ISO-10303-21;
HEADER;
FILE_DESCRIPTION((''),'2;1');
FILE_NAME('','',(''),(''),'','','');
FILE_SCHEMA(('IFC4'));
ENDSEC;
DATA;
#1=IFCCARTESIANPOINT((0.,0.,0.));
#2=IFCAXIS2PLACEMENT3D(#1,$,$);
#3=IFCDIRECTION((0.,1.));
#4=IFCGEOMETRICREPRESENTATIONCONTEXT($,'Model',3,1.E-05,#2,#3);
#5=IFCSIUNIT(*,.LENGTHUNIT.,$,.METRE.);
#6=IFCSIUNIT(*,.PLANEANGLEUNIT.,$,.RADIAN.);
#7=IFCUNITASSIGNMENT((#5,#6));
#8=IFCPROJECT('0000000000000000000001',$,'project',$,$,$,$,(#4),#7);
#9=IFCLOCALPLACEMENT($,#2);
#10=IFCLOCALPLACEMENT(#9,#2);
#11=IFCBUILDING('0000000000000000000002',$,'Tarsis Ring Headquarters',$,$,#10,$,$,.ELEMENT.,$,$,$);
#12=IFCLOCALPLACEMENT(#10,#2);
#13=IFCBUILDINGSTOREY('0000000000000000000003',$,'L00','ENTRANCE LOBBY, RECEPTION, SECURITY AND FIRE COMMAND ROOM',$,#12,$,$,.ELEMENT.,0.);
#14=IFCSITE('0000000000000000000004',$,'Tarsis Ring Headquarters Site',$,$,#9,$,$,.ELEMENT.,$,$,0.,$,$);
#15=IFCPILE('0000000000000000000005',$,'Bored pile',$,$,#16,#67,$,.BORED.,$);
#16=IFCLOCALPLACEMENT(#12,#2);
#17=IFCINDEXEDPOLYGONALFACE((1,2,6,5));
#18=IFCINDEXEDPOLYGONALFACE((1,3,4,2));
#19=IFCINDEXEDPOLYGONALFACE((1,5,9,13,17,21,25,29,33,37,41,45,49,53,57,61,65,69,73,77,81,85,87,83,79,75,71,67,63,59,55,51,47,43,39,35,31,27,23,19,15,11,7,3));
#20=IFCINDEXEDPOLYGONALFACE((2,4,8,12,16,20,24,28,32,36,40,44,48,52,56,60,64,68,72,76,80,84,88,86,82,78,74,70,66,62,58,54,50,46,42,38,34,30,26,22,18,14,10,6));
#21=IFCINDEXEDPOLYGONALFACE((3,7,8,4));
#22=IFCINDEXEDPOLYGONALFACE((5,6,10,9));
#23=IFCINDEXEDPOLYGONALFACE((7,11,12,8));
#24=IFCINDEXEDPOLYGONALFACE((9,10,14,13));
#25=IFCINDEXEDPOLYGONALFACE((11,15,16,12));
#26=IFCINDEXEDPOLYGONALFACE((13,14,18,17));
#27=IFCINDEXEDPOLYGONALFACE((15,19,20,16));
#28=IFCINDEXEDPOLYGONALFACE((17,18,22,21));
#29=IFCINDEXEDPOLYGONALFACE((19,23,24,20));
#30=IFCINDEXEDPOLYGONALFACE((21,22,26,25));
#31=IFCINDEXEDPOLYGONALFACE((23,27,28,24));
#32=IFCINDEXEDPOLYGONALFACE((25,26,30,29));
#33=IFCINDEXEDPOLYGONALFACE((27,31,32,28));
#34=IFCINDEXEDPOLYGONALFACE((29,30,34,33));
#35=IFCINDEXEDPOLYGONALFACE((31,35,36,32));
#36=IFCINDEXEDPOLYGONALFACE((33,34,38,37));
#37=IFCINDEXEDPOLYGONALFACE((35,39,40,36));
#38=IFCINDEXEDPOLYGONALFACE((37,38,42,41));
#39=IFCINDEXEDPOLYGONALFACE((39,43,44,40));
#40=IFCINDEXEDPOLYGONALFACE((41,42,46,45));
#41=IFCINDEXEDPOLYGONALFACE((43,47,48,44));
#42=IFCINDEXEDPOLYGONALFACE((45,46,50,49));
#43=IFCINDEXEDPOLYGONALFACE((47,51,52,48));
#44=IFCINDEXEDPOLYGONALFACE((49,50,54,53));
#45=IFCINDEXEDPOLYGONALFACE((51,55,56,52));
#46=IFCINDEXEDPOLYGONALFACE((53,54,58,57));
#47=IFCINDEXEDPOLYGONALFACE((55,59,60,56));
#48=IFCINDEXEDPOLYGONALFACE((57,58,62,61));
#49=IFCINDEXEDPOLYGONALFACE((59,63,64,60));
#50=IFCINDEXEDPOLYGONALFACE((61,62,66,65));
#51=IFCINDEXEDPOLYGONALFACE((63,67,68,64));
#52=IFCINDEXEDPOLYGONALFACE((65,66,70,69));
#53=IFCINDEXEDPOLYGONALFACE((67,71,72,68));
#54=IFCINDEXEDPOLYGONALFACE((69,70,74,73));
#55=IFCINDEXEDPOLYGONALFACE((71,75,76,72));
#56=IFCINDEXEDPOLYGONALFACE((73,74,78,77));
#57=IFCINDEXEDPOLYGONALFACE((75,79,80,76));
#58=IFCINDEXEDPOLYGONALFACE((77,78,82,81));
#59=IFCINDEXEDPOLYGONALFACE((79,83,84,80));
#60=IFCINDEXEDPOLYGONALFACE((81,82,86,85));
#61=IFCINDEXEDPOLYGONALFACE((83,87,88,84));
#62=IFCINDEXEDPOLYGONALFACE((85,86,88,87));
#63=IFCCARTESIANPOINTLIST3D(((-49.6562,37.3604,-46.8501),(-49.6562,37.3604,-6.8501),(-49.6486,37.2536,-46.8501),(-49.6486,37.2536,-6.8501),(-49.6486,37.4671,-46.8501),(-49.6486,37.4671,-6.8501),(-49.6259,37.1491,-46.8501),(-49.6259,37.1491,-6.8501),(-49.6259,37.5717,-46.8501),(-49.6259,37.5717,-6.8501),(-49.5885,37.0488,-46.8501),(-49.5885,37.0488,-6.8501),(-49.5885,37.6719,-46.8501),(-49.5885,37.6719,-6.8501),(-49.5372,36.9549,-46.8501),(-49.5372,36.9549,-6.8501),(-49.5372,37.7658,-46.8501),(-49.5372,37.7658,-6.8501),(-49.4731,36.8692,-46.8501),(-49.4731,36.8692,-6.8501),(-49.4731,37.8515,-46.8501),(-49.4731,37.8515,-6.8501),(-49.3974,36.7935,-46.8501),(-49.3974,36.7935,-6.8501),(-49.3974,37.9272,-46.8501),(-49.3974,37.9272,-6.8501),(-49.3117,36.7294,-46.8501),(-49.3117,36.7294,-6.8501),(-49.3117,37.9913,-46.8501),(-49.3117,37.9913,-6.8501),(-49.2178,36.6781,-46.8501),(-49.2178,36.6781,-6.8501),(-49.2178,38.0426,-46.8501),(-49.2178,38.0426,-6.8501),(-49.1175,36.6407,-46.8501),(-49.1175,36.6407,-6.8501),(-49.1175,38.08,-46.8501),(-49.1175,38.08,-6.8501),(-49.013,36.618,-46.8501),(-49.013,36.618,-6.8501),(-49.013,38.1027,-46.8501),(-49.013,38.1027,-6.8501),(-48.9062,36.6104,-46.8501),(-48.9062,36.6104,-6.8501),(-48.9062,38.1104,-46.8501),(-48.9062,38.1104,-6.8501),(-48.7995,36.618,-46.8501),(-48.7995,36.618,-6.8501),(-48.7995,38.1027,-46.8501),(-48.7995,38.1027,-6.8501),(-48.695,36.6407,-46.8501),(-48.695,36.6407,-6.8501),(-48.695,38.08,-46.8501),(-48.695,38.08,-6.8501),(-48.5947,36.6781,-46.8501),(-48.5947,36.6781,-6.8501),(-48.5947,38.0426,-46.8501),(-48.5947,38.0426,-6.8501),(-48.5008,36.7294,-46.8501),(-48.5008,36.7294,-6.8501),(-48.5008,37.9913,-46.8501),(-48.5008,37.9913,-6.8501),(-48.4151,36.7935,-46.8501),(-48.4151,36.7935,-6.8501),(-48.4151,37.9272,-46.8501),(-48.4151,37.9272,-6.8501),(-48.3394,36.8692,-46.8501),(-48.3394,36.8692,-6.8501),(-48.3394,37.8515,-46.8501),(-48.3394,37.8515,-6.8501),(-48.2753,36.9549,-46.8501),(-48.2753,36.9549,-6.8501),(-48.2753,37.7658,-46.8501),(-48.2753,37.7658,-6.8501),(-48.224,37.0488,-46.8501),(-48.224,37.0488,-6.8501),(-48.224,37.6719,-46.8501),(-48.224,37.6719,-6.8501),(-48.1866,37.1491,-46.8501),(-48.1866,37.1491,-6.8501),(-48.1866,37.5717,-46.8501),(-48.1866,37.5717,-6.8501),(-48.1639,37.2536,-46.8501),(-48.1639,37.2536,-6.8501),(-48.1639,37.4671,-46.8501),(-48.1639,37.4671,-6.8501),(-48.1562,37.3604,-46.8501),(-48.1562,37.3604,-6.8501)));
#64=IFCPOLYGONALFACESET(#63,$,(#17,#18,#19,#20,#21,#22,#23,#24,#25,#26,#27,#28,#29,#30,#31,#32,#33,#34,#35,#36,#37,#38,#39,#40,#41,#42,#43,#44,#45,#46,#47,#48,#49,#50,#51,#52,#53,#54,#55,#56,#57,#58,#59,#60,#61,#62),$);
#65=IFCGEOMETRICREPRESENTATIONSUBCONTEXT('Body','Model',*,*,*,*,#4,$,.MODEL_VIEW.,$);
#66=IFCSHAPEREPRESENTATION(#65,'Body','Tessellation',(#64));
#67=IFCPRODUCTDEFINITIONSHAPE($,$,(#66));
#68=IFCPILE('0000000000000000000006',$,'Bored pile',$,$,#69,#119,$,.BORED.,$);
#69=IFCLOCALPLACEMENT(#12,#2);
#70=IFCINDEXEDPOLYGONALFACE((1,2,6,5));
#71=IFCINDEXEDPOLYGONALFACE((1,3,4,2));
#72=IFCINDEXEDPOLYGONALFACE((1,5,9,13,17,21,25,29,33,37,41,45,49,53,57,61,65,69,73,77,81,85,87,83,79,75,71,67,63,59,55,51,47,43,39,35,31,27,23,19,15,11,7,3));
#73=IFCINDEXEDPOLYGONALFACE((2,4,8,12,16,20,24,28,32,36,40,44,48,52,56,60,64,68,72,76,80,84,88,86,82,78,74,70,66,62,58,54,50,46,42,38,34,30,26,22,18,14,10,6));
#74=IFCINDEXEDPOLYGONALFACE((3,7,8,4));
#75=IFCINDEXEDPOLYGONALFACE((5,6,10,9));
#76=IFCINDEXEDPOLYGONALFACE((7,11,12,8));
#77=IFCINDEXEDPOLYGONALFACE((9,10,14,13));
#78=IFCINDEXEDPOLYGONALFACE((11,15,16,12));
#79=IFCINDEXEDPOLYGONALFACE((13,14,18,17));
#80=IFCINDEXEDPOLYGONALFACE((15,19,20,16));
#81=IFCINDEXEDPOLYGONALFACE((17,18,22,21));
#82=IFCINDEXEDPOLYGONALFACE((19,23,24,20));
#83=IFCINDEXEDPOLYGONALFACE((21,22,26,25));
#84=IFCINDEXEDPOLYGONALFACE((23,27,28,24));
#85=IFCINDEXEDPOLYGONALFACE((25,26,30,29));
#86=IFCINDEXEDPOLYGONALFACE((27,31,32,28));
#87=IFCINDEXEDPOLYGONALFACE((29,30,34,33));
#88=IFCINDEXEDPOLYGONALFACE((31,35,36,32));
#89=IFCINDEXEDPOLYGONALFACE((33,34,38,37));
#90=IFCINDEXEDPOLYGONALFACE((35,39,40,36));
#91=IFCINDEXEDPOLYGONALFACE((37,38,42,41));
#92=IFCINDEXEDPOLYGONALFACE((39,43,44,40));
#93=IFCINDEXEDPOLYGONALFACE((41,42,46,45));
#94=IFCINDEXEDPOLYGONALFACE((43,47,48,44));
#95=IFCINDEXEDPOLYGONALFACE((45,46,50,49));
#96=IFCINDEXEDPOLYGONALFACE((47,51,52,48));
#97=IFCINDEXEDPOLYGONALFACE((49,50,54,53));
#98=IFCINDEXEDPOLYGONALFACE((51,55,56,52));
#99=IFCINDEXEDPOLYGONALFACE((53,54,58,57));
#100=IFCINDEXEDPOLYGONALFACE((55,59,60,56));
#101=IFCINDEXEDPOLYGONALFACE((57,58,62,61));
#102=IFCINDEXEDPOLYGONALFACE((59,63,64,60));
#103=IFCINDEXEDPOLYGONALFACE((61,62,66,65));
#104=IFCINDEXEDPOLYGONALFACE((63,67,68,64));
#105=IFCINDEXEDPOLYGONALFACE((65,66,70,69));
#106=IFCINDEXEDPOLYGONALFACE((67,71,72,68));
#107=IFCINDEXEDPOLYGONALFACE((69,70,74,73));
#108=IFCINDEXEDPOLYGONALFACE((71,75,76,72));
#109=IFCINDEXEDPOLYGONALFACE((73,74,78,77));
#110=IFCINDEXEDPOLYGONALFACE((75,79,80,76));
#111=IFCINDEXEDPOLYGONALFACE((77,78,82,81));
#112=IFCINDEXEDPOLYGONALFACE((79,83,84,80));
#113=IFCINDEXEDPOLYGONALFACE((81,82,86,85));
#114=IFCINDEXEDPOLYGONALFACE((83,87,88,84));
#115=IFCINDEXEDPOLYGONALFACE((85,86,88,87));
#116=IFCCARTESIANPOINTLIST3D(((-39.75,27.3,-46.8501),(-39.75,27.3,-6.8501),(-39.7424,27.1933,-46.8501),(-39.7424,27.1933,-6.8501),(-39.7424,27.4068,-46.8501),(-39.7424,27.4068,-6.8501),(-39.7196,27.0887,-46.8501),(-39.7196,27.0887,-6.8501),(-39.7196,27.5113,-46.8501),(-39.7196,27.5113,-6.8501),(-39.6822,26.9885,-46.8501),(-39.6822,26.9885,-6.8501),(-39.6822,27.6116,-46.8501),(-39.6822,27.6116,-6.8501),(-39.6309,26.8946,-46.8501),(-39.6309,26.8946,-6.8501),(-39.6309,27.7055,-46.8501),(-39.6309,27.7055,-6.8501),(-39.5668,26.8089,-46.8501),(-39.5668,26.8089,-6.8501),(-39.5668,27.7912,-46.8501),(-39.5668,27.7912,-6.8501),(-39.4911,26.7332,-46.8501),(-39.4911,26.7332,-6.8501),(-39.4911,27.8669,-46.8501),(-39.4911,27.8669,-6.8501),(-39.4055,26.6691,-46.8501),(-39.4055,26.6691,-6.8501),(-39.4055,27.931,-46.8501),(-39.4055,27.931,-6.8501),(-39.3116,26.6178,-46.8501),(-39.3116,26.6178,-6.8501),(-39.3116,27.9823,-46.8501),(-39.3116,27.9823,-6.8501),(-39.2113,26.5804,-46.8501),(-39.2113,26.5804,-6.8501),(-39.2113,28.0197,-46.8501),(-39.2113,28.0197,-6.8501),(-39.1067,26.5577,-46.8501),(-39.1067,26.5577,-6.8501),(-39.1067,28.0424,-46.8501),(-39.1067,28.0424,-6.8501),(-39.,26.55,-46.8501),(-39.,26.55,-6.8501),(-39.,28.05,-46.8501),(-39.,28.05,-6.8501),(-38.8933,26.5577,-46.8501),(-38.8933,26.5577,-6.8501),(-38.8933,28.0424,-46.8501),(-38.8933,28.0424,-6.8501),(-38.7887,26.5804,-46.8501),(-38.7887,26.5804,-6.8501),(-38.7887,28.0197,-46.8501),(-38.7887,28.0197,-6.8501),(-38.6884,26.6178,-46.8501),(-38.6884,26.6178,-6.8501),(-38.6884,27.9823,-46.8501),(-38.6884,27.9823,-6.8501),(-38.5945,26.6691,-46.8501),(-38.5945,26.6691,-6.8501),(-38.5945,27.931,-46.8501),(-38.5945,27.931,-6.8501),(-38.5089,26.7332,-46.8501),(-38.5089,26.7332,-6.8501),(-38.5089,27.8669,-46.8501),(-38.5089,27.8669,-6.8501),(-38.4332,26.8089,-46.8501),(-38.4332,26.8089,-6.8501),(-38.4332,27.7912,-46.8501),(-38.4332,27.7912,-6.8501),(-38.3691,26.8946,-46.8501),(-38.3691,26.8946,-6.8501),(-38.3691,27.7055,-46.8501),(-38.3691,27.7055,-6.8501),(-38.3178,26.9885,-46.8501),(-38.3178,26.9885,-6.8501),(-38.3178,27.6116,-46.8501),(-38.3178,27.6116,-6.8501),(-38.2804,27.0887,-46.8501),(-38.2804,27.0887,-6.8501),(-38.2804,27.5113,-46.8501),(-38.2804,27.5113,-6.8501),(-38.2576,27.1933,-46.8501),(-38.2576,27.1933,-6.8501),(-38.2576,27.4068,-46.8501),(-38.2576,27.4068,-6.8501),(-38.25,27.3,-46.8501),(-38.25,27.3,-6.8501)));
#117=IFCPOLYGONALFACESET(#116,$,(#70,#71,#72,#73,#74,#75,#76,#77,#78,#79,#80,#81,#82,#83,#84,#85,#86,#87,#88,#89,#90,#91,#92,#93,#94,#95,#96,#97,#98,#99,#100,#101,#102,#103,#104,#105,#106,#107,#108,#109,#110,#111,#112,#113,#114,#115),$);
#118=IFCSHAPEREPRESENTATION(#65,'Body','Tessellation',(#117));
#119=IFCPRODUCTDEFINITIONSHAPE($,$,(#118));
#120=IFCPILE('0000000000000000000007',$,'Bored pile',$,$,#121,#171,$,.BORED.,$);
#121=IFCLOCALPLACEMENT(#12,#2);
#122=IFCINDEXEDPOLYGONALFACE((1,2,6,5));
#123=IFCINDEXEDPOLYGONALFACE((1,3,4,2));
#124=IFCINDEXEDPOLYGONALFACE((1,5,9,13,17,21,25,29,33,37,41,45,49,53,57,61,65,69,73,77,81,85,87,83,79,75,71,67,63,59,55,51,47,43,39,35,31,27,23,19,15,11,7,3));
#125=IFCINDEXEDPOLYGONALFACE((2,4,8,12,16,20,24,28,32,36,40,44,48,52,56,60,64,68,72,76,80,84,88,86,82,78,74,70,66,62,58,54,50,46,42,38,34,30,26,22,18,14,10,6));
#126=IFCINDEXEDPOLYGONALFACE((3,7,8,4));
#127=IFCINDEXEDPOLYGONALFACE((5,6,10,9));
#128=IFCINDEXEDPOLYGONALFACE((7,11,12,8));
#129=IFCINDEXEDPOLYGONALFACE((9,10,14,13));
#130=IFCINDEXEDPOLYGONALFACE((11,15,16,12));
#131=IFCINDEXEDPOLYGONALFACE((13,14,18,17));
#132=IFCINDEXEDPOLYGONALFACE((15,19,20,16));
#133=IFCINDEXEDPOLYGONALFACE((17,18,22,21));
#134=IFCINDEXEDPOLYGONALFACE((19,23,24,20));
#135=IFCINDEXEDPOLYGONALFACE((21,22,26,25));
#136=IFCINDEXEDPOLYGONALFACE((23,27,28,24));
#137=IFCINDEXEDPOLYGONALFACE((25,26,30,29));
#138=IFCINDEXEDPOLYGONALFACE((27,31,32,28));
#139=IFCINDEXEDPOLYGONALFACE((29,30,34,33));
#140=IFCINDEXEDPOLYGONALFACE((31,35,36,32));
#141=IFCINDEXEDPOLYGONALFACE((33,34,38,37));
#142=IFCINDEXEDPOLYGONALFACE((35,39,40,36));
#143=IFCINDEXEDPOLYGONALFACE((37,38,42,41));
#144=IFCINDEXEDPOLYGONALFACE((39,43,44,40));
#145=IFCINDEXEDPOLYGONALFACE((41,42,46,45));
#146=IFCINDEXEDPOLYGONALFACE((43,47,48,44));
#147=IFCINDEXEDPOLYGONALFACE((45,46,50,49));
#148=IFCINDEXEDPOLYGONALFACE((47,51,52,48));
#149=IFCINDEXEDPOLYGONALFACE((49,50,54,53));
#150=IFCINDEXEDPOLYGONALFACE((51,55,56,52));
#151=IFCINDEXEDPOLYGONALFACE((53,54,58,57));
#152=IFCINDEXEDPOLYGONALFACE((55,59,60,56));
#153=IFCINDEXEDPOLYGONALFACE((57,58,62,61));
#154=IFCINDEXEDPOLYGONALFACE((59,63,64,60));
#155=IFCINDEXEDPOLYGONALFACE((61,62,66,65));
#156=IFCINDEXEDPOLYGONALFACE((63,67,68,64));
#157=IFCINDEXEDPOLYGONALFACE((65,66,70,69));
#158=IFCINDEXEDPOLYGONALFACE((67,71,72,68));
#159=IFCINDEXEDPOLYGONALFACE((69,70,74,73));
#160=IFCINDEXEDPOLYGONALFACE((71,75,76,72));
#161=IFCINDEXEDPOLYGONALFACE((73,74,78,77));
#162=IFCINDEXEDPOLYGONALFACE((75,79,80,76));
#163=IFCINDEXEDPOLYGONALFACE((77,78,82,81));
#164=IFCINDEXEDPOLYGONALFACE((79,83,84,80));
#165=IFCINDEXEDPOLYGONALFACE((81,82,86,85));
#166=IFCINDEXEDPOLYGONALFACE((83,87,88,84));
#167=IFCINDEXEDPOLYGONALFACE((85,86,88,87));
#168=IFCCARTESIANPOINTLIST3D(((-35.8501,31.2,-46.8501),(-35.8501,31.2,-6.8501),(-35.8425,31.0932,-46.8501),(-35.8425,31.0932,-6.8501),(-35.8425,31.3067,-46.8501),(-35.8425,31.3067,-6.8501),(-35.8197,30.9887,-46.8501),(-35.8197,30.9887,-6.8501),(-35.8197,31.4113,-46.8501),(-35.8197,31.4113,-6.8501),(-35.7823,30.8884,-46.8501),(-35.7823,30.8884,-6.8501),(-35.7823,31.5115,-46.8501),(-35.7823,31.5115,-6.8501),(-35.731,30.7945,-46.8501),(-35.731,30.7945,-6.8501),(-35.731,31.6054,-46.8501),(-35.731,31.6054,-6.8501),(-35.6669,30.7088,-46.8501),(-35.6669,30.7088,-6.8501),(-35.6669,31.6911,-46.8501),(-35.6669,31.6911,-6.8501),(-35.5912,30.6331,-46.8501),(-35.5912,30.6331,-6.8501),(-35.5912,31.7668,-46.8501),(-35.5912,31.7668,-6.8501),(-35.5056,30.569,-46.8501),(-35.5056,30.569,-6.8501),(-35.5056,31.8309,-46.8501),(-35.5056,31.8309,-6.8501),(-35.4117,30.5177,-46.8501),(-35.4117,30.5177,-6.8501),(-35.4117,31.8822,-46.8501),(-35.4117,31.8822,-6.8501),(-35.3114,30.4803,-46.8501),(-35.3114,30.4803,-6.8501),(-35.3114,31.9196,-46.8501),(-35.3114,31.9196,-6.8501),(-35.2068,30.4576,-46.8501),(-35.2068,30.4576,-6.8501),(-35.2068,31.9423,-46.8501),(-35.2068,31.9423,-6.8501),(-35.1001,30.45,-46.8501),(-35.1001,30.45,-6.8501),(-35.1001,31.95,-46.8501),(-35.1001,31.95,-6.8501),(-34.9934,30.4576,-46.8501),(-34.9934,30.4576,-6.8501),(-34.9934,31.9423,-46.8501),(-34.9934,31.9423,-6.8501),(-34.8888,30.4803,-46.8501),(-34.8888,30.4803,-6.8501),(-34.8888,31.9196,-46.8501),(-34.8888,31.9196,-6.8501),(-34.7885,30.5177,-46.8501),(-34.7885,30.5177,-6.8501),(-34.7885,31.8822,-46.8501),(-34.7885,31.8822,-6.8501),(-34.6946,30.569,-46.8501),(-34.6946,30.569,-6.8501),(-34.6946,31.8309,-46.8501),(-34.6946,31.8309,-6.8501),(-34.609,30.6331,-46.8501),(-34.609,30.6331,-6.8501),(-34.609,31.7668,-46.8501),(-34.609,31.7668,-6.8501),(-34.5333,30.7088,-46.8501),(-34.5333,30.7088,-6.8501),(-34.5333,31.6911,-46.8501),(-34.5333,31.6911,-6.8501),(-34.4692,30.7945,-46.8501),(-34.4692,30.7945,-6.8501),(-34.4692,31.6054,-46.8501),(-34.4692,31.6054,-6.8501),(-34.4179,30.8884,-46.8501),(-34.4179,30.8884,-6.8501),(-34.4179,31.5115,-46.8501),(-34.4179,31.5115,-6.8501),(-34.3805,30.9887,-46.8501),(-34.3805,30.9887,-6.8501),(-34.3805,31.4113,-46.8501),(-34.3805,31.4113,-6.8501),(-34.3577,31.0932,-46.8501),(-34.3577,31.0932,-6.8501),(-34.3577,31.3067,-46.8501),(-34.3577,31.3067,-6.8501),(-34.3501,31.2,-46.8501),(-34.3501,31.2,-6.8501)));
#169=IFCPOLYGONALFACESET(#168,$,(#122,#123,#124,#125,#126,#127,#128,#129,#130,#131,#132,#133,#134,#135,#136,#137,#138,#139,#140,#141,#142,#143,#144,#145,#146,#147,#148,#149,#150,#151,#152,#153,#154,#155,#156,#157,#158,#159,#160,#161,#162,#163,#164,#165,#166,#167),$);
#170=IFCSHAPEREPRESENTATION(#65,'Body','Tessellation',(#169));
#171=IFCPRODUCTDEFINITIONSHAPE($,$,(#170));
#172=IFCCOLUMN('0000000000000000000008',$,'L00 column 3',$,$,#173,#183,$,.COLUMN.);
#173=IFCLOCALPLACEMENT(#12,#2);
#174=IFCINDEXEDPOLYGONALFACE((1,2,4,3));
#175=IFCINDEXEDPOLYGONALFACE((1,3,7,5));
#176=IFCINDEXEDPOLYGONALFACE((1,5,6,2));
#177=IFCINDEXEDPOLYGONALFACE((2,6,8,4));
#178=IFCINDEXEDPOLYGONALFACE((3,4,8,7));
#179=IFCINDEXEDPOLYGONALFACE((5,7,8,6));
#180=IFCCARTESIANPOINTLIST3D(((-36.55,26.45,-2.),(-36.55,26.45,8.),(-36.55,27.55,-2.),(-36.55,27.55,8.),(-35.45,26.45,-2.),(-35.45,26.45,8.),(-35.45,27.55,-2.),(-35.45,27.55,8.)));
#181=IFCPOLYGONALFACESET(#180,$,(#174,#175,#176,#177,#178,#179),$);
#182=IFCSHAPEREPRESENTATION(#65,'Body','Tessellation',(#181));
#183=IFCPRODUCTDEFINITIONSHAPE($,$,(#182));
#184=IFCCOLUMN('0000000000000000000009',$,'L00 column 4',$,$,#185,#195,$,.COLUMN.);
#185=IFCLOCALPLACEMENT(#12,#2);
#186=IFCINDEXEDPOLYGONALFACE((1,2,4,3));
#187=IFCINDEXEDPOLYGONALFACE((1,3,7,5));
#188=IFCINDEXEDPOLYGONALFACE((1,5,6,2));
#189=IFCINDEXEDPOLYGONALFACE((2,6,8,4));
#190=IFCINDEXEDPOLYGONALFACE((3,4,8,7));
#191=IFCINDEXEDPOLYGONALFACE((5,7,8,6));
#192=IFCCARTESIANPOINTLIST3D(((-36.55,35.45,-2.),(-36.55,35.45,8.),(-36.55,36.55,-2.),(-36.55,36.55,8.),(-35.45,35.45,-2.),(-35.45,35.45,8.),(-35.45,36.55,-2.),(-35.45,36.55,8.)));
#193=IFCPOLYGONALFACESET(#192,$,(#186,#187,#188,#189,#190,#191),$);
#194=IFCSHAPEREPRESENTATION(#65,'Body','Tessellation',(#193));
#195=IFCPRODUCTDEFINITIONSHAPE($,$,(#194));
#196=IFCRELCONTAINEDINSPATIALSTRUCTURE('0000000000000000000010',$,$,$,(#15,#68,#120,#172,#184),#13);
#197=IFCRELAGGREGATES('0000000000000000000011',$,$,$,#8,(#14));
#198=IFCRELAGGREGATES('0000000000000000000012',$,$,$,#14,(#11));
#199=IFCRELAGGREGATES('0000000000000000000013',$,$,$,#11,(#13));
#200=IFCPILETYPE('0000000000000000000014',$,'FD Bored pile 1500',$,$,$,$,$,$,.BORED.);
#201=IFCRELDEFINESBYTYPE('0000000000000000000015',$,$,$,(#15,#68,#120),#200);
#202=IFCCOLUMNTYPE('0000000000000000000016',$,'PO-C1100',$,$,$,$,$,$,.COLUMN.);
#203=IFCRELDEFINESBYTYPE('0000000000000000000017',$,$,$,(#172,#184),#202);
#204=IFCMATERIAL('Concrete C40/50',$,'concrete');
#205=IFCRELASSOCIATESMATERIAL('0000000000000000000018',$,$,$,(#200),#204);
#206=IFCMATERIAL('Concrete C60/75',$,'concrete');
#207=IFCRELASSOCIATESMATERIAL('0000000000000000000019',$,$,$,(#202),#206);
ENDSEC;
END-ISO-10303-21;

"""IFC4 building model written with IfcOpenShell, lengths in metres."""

from ifc_helpers import new_model, si_unit, direction, frame, origin, origin_2d, place, context, subcontext, project, spatial, rectangle, circle, extrude, material, material_profile, profile_set, type_object, element, save


model = new_model("IFC4")

# Units and contexts
model_context = context("Model", 3, precision=1e-05, world=origin(), true_north=direction((0.0, 1.0)))
body_context = subcontext(model_context, "Body", "Model", "MODEL_VIEW")
ifc_project = project(units=[si_unit("LENGTHUNIT", "METRE"), si_unit("PLANEANGLEUNIT", "RADIAN")], contexts=[model_context])

# Site, building, storey
site_placement = place(None, origin())
site = spatial("IfcSite", under=ifc_project, at=site_placement, Name="Tarsis Ring Headquarters Site", CompositionType="ELEMENT", RefElevation=0.0)
building_placement = place(site_placement, origin())
building = spatial("IfcBuilding", under=site, at=building_placement, Name="Tarsis Ring Headquarters", CompositionType="ELEMENT")
storey_placement = place(building_placement, origin())
storey = spatial("IfcBuildingStorey", under=building, at=storey_placement, Name="L00", Description="ENTRANCE LOBBY, RECEPTION, SECURITY AND FIRE COMMAND ROOM", CompositionType="ELEMENT", Elevation=0.0)

# Piles
ifc_material_1 = material(Name="Concrete C40/50", Category="concrete")
ifc_material_profile_1 = material_profile(ifc_material_1, circle(Radius=0.75, at=origin_2d()), Name="BORED 1500")
ifc_profile_set_1 = profile_set([ifc_material_profile_1], Name="Concrete C40/50")
pile_type_1 = type_object("IfcPileType", Name="FD Bored pile 1500", PredefinedType="BORED", material=ifc_profile_set_1)
for number, where, z_axis, x_axis, name in (
    (1, (-48.9062, 37.3604, -6.8501), (0.0, 0.0, -1.0), (1.0, 0.0, 0.0), "Bored pile"),
    (2, (-39.0, 27.3, -6.8501), (0.0, 0.0, -1.0), (1.0, 0.0, 0.0), "Bored pile"),
    (3, (-35.1001, 31.2, -6.8501), (0.0, 0.0, -1.0), (1.0, 0.0, 0.0), "Bored pile"),
):
    element("IfcPile", number, at=place(storey_placement, frame(where, z_axis=z_axis, x_axis=x_axis)), inside=storey, type_object=pile_type_1, Name=name, PredefinedType="BORED", context=body_context, shape_type="SweptSolid", body=[
        extrude(circle(Radius=0.75, at=origin_2d()), origin(), (0.0, 0.0, 1.0), 40.0),
    ])

# Columns
ifc_material_2 = material(Name="Concrete C60/75", Category="concrete")
ifc_material_profile_2 = material_profile(ifc_material_2, rectangle(XDim=1.1001, YDim=1.1001, at=origin_2d()), Name="PO-C1100")
ifc_profile_set_2 = profile_set([ifc_material_profile_2], Name="Concrete C60/75")
column_type_1 = type_object("IfcColumnType", Name="PO-C1100", PredefinedType="COLUMN", material=ifc_profile_set_2)
for number, where, z_axis, x_axis, name in (
    (4, (-36.0, 27.0, -2.0), (0.0, 0.0, 1.0), (1.0, 0.0, 0.0), "L00 column 3"),
    (5, (-36.0, 36.0, -2.0), (0.0, 0.0, 1.0), (1.0, 0.0, 0.0), "L00 column 4"),
):
    element("IfcColumn", number, at=place(storey_placement, frame(where, z_axis=z_axis, x_axis=x_axis)), inside=storey, type_object=column_type_1, Name=name, PredefinedType="COLUMN", context=body_context, shape_type="SweptSolid", body=[
        extrude(rectangle(XDim=1.1001, YDim=1.1001, at=origin_2d()), origin(), (0.0, 0.0, 1.0), 10.0),
    ])

save(model, "model.ifc")
